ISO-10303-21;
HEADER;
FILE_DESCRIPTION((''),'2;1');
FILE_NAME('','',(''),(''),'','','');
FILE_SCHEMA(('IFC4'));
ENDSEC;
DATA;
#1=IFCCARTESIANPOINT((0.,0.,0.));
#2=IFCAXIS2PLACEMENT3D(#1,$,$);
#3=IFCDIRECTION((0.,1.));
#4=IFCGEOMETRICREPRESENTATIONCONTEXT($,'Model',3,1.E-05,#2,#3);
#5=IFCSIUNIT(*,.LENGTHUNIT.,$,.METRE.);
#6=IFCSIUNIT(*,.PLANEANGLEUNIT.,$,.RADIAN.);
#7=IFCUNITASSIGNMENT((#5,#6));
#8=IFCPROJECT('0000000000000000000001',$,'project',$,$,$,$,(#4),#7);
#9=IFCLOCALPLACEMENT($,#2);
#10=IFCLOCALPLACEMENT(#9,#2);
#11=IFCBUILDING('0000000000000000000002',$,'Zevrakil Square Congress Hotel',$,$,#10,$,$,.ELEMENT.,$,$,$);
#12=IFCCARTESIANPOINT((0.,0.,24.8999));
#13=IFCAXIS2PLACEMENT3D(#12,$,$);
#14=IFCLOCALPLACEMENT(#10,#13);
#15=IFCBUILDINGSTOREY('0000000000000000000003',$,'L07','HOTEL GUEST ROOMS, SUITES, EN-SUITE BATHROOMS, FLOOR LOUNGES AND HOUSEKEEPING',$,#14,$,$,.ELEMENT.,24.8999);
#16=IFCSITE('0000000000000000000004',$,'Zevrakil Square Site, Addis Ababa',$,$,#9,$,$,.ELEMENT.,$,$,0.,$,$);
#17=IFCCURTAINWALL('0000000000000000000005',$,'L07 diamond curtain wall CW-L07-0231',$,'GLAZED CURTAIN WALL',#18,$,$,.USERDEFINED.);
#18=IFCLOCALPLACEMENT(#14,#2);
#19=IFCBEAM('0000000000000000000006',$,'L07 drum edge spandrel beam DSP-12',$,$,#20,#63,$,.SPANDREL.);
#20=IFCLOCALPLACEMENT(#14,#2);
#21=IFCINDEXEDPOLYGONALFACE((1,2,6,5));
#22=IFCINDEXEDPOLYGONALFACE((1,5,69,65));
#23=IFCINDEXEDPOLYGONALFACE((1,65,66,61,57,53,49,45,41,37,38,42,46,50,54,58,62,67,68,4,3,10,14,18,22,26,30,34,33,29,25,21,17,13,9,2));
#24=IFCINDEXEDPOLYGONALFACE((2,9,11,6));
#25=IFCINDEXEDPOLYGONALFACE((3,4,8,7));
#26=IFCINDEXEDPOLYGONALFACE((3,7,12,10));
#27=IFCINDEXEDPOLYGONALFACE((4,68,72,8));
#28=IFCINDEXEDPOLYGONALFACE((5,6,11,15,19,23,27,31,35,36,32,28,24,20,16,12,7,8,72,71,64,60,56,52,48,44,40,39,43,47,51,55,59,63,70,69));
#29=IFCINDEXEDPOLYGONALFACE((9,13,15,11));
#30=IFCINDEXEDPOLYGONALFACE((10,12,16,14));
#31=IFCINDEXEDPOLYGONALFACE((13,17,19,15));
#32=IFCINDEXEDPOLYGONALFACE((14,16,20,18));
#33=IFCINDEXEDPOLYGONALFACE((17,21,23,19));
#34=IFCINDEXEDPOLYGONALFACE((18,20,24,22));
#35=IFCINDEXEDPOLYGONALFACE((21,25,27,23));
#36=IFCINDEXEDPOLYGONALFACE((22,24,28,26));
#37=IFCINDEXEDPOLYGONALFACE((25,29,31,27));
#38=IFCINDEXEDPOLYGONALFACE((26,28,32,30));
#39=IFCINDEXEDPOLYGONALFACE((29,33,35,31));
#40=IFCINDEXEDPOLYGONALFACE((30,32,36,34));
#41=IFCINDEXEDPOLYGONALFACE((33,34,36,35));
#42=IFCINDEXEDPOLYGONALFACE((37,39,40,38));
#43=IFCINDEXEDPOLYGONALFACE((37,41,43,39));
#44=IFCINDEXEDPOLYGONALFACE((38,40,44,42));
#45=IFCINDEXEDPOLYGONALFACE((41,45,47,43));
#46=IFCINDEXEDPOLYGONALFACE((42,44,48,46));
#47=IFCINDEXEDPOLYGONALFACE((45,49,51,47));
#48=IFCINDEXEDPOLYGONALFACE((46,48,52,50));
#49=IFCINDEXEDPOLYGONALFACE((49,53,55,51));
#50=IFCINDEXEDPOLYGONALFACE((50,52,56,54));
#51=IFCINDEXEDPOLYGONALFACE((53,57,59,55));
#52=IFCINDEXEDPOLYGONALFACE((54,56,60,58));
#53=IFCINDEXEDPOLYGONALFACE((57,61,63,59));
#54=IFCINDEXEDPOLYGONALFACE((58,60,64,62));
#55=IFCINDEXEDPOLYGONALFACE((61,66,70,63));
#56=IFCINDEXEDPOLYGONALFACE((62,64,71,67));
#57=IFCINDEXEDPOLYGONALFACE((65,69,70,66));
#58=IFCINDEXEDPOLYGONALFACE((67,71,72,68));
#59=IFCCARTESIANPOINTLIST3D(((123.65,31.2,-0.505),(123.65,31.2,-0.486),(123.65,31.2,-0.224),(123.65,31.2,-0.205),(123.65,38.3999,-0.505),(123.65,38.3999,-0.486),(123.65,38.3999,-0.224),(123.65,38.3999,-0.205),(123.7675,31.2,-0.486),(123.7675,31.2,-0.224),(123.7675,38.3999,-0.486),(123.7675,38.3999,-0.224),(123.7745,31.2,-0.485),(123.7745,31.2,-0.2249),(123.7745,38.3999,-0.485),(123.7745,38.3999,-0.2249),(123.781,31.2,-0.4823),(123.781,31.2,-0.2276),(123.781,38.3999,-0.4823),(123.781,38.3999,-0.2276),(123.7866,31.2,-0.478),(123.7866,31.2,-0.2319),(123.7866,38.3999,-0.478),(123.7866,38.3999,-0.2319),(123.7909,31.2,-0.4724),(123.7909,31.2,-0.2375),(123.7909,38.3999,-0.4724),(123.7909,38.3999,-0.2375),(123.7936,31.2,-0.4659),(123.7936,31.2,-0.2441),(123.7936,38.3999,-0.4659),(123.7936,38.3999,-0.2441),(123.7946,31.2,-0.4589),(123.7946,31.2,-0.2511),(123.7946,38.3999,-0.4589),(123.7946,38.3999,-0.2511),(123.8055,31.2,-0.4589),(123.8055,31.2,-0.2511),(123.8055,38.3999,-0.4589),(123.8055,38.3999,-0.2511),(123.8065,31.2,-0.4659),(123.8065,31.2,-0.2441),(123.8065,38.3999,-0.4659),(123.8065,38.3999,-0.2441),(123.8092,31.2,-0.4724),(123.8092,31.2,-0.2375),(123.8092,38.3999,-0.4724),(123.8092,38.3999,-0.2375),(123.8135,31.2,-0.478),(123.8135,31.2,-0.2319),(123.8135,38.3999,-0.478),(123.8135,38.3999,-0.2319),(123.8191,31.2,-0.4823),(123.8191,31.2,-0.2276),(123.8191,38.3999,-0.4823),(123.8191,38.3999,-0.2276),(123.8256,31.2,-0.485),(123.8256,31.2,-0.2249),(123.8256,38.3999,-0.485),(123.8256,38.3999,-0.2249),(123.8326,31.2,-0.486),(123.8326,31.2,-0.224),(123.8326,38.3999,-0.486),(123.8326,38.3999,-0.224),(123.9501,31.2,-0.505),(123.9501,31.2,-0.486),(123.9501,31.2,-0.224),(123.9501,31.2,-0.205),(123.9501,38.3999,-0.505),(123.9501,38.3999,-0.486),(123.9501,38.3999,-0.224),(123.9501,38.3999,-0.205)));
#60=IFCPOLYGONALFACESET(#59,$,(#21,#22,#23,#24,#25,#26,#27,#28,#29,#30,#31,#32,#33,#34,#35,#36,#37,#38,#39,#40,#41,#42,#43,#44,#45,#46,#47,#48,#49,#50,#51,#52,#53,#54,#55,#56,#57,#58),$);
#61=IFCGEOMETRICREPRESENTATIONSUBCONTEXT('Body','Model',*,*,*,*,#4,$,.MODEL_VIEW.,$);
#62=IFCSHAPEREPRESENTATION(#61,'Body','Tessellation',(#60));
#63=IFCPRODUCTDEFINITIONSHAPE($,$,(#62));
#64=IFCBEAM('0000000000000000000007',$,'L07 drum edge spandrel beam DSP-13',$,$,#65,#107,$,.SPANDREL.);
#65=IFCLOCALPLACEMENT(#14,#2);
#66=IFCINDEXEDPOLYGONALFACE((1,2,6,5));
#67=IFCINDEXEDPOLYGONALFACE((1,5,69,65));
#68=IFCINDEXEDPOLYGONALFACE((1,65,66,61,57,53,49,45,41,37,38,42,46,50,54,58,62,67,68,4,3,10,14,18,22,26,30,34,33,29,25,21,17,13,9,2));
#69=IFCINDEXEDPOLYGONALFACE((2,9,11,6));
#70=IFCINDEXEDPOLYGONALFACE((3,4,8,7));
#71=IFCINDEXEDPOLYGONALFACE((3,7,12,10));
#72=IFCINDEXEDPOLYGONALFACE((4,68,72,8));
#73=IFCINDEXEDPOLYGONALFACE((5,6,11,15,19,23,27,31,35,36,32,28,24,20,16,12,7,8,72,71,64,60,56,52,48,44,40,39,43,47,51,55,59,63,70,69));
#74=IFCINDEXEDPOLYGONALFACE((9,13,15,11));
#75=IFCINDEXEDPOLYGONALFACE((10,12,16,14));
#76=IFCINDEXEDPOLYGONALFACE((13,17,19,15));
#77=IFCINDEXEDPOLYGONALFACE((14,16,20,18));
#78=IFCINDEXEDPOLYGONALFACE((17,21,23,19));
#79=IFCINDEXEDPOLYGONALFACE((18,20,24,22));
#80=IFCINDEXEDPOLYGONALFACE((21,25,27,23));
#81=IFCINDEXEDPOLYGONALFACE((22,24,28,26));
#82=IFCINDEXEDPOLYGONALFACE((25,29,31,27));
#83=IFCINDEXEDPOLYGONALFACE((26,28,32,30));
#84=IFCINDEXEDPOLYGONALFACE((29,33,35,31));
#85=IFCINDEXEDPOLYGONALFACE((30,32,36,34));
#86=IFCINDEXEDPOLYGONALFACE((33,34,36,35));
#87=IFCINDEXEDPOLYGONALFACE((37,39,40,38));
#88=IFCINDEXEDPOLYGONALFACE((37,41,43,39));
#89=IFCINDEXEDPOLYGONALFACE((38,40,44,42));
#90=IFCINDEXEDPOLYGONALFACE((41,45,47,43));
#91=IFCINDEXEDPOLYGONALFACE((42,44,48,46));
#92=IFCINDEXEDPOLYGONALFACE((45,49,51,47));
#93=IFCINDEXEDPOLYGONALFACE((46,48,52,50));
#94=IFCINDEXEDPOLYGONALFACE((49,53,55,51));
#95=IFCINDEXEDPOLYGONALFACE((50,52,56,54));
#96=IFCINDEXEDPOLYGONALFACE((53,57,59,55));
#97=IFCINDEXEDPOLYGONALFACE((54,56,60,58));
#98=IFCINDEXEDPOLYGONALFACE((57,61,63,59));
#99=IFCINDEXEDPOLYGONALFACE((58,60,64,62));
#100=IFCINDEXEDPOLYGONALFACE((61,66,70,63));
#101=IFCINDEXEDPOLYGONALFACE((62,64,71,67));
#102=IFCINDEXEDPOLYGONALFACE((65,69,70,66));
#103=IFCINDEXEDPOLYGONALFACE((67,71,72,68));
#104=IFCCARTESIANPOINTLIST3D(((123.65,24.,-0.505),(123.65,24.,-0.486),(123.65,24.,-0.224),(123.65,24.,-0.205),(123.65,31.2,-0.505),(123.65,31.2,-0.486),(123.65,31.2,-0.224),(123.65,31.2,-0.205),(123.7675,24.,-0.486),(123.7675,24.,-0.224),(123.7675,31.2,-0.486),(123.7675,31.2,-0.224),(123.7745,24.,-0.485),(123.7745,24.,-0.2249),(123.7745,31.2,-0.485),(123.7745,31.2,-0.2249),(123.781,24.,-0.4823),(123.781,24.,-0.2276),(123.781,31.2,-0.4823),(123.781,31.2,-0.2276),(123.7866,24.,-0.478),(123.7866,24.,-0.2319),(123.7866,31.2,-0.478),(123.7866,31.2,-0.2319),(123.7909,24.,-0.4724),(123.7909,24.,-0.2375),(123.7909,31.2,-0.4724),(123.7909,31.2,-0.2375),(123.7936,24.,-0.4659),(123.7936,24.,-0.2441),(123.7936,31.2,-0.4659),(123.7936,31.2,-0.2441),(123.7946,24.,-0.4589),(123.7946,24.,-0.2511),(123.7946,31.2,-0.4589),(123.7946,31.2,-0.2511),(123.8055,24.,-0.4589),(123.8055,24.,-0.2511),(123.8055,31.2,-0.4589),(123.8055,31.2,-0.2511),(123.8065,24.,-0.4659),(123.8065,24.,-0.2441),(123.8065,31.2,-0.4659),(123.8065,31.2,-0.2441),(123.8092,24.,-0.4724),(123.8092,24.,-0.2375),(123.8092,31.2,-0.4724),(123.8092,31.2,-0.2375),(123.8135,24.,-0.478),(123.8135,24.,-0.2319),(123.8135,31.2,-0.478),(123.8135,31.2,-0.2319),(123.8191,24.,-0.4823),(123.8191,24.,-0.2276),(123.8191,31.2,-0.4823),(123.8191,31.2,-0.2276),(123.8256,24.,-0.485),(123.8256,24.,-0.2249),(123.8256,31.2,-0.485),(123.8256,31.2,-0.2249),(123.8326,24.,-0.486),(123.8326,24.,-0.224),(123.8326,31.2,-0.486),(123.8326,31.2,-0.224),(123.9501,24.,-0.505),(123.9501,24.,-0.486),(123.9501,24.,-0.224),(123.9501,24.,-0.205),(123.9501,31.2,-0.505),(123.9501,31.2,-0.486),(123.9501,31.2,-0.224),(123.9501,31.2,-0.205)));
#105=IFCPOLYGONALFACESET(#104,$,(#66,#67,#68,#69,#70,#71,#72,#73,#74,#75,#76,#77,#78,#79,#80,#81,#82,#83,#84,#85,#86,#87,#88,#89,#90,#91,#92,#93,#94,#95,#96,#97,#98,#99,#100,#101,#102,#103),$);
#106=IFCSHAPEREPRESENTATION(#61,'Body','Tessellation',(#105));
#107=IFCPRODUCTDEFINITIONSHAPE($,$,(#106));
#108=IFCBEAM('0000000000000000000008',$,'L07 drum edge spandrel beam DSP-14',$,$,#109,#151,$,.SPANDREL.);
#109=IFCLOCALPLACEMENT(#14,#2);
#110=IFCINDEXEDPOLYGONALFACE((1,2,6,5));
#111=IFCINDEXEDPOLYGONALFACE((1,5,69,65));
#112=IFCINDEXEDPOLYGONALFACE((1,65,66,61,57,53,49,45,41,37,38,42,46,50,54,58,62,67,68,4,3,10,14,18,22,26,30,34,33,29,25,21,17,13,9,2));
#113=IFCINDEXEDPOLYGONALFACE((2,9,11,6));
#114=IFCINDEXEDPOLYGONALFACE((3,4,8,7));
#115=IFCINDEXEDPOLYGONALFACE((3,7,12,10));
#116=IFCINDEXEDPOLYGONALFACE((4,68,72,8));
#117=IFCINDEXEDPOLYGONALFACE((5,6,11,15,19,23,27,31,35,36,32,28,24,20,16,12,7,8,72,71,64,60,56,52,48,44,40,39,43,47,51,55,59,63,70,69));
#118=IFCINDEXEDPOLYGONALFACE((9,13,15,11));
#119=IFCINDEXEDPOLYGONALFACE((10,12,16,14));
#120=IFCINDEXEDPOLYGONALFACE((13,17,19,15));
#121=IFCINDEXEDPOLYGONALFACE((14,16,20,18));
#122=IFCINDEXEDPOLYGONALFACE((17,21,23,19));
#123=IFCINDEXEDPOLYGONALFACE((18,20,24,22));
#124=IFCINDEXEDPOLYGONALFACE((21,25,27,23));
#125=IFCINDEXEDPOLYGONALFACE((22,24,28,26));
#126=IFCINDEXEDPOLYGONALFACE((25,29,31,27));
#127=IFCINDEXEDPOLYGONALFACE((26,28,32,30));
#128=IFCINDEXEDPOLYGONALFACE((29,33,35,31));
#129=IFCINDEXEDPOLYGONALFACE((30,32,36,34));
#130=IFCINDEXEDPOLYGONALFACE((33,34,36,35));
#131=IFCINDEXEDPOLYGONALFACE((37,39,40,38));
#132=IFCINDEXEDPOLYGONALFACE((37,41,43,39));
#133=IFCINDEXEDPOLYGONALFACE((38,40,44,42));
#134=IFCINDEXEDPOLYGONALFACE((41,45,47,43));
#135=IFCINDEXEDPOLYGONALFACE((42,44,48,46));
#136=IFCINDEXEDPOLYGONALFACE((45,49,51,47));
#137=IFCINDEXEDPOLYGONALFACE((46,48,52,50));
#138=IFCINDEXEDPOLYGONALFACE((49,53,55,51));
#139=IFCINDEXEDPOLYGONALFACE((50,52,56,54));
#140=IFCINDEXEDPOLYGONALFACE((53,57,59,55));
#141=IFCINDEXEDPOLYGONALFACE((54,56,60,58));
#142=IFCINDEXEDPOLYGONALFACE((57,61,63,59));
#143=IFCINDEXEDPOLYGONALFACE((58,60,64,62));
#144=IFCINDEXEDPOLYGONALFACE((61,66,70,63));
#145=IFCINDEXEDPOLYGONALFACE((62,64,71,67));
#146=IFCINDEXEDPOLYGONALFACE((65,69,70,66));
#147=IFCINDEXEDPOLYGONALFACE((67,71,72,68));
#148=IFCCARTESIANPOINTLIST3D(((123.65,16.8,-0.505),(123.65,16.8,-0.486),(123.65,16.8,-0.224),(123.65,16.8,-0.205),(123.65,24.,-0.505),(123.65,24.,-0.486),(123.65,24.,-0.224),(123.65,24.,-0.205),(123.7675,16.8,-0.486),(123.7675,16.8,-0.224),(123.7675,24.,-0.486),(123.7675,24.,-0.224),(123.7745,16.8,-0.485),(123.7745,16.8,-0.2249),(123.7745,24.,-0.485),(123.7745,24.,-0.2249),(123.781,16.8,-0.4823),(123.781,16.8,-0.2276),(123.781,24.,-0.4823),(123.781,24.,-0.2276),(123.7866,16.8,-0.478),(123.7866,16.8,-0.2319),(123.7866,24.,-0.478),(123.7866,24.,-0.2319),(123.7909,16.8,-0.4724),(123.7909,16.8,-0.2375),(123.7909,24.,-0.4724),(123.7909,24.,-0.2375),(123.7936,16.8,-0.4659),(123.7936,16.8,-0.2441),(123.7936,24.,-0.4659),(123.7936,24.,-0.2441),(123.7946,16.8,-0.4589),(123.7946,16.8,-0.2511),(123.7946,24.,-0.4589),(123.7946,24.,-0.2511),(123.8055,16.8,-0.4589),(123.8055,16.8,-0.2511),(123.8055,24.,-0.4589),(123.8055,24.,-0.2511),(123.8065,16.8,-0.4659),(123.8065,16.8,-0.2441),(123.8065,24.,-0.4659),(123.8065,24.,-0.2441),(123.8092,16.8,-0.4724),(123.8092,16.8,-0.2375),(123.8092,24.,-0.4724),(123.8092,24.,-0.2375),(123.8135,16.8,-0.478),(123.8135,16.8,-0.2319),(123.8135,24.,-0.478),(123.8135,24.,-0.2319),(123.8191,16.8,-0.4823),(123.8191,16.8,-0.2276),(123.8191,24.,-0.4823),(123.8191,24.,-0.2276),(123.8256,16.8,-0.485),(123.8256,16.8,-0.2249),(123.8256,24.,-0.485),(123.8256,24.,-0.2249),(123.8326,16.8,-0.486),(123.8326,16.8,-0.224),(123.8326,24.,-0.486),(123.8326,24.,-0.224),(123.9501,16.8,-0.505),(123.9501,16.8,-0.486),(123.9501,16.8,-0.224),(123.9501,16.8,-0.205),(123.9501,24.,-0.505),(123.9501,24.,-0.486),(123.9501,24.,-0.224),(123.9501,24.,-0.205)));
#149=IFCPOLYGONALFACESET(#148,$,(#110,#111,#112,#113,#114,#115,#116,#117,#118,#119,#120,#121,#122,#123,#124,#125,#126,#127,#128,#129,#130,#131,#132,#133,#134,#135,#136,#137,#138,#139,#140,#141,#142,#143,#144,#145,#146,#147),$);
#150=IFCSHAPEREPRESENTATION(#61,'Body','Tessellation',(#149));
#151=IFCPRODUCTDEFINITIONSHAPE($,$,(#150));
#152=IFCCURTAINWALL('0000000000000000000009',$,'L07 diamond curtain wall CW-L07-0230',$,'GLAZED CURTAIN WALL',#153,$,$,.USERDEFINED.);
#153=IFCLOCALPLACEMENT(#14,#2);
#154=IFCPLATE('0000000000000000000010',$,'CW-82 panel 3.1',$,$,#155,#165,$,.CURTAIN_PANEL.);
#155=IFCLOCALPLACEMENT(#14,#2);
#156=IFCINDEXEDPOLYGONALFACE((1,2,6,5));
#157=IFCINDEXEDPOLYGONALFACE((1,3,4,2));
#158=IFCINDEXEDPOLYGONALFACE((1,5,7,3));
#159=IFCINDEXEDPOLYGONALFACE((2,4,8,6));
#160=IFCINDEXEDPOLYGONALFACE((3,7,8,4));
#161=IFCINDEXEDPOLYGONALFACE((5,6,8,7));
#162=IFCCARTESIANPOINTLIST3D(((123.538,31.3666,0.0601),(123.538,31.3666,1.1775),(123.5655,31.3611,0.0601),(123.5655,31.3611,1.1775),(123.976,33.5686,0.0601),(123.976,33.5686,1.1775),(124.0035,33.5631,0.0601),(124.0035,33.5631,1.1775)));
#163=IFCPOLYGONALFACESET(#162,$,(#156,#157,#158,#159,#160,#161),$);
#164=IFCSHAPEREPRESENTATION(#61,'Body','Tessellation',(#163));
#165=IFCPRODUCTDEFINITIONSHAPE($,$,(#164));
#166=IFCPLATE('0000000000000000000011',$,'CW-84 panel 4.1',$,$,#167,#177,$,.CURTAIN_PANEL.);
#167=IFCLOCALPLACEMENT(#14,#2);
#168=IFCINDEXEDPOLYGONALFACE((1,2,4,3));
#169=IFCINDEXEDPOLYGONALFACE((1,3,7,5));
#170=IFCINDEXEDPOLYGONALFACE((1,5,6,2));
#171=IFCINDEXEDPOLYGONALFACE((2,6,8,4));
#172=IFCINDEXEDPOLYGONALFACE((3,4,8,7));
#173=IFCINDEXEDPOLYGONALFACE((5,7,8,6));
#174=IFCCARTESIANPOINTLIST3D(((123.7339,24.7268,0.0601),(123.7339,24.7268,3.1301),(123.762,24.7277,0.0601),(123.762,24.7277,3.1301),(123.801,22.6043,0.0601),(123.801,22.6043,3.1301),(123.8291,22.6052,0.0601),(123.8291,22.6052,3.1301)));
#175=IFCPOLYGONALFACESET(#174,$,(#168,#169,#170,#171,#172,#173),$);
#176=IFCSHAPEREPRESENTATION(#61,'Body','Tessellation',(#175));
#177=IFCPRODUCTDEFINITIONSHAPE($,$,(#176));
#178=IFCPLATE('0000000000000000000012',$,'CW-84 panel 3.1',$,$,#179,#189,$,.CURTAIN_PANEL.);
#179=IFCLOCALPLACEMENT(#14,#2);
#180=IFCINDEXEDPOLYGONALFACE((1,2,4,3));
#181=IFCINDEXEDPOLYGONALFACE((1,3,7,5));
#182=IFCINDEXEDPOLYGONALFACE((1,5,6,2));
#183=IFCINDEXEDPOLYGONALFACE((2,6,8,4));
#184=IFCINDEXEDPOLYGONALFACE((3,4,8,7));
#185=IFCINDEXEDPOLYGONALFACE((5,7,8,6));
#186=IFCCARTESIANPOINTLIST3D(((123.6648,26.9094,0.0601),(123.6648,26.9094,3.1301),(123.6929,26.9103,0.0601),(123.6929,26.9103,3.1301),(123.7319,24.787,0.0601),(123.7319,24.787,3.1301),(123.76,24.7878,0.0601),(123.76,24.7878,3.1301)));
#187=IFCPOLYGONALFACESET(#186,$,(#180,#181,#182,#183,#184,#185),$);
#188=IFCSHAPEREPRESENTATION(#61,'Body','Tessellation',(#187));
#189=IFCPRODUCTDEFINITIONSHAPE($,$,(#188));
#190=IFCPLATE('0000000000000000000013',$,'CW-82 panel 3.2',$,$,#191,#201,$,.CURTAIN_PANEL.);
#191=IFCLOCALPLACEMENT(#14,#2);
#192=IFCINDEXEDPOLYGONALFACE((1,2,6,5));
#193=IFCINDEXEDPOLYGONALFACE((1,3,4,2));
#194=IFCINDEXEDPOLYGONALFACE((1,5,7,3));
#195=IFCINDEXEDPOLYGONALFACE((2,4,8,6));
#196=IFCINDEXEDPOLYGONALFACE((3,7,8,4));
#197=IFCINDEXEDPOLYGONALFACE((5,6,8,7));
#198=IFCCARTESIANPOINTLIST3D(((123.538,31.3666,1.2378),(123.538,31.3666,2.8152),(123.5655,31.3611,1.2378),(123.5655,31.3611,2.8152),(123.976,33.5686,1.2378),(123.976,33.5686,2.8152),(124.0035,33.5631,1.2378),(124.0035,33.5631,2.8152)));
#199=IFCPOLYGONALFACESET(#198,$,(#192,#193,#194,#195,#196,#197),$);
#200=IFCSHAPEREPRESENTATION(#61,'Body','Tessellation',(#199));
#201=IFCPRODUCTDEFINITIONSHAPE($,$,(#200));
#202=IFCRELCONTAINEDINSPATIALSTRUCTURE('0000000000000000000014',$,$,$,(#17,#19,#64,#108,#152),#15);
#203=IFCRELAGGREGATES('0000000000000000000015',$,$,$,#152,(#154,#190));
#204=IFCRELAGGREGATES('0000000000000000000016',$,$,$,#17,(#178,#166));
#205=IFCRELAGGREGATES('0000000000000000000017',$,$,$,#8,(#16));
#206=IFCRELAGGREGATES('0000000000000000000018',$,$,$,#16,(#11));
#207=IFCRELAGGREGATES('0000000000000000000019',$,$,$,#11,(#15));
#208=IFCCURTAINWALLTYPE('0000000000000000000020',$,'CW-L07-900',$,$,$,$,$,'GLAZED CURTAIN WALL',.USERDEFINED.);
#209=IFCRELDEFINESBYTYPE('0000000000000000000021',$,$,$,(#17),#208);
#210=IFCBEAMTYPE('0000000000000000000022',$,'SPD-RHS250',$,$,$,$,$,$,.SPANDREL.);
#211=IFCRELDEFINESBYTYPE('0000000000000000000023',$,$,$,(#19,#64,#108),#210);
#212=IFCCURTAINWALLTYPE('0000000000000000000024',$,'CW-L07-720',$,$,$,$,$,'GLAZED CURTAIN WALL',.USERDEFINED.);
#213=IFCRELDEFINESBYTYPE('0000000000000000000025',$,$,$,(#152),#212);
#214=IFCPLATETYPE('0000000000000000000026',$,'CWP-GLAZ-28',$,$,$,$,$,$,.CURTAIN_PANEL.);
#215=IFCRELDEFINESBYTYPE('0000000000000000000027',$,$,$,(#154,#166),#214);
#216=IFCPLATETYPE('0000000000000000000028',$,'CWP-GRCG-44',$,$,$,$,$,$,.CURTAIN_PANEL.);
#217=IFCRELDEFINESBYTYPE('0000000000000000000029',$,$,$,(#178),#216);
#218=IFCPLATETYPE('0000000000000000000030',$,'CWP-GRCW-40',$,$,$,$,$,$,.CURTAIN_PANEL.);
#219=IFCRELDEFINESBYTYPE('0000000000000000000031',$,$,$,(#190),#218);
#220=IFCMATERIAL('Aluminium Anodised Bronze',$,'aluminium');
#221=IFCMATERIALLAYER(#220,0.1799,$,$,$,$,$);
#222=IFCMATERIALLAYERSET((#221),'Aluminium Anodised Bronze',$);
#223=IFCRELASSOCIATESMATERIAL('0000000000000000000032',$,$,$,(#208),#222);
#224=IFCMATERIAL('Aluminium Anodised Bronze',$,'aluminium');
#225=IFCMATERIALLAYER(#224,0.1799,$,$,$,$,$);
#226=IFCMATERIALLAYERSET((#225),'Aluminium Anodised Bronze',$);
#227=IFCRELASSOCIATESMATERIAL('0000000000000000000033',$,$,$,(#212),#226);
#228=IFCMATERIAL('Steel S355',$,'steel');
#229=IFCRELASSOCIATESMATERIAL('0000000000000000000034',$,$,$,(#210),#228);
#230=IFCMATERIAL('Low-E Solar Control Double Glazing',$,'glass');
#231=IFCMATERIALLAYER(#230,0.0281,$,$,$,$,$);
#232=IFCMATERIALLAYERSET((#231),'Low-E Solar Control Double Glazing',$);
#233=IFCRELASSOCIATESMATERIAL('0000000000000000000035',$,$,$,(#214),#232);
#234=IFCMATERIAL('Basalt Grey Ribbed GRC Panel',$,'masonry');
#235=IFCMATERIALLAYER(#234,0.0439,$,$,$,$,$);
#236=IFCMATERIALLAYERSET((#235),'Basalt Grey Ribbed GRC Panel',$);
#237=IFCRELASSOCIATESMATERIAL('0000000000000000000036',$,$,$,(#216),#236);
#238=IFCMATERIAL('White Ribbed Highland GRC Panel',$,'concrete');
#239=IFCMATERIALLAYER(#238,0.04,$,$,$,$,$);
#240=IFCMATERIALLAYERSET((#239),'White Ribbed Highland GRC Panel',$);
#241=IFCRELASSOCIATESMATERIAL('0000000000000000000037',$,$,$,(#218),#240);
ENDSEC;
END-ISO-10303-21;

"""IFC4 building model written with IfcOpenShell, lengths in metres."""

from ifc_helpers import new_model, si_unit, direction, frame, origin, origin_2d, place, context, subcontext, project, spatial, rectangle, i_section, extrude, material, layer, layer_set, material_profile, profile_set, type_object, element, aggregate, save


model = new_model("IFC4")

# Units and contexts
model_context = context("Model", 3, precision=1e-05, world=origin(), true_north=direction((0.0, 1.0)))
body_context = subcontext(model_context, "Body", "Model", "MODEL_VIEW")
ifc_project = project(units=[si_unit("LENGTHUNIT", "METRE"), si_unit("PLANEANGLEUNIT", "RADIAN")], contexts=[model_context])

# Site, building, storey
site_placement = place(None, origin())
site = spatial("IfcSite", under=ifc_project, at=site_placement, Name="Zevrakil Square Site, Addis Ababa", CompositionType="ELEMENT", RefElevation=0.0)
building_placement = place(site_placement, origin())
building = spatial("IfcBuilding", under=site, at=building_placement, Name="Zevrakil Square Congress Hotel", CompositionType="ELEMENT")
storey_placement = place(building_placement, frame((0.0, 0.0, 24.8999)))
storey = spatial("IfcBuildingStorey", under=building, at=storey_placement, Name="L07", Description="HOTEL GUEST ROOMS, SUITES, EN-SUITE BATHROOMS, FLOOR LOUNGES AND HOUSEKEEPING", CompositionType="ELEMENT", Elevation=24.8999)

# Curtain wall
ifc_material_1 = material(Name="Aluminium Anodised Bronze", Category="aluminium")
ifc_layer_1 = layer(ifc_material_1, 0.1799)
ifc_layer_set_1 = layer_set([ifc_layer_1], Name="Aluminium Anodised Bronze")
curtain_wall_type_1 = type_object("IfcCurtainWallType", Name="CW-L07-900", ElementType="GLAZED CURTAIN WALL", PredefinedType="USERDEFINED", material=ifc_layer_set_1)
curtain_wall_1_placement = place(storey_placement, origin())
curtain_wall_1 = element("IfcCurtainWall", 1, at=curtain_wall_1_placement, inside=storey, type_object=curtain_wall_type_1, Name="L07 diamond curtain wall CW-L07-0231", ObjectType="GLAZED CURTAIN WALL", PredefinedType="USERDEFINED")

# Shared definitions
ifc_material_2 = material(Name="Aluminium Anodised Bronze", Category="aluminium")
ifc_layer_2 = layer(ifc_material_2, 0.1799)
ifc_layer_set_2 = layer_set([ifc_layer_2], Name="Aluminium Anodised Bronze")
curtain_wall_type_2 = type_object("IfcCurtainWallType", Name="CW-L07-720", ElementType="GLAZED CURTAIN WALL", PredefinedType="USERDEFINED", material=ifc_layer_set_2)

# Beams
ifc_material_3 = material(Name="Steel S355", Category="steel")
ifc_material_profile_1 = material_profile(ifc_material_3, i_section(OverallWidth=0.3, OverallDepth=0.3, WebThickness=0.011, FlangeThickness=0.019, FilletRadius=0.0271, at=origin_2d()), Name="HEB 300")
ifc_profile_set_1 = profile_set([ifc_material_profile_1], Name="Steel S355")
beam_type = type_object("IfcBeamType", Name="SPD-RHS250", PredefinedType="SPANDREL", material=ifc_profile_set_1)
for number, where, z_axis, x_axis, name in (
    (2, (123.8, 38.3999, -0.355), (0.0, -1.0, 0.0), (1.0, 0.0, 0.0), "L07 drum edge spandrel beam DSP-12"),
    (3, (123.8, 31.2, -0.355), (0.0, -1.0, 0.0), (1.0, 0.0, 0.0), "L07 drum edge spandrel beam DSP-13"),
    (4, (123.8, 24.0, -0.355), (0.0, -1.0, 0.0), (1.0, 0.0, 0.0), "L07 drum edge spandrel beam DSP-14"),
):
    element("IfcBeam", number, at=place(storey_placement, frame(where, z_axis=z_axis, x_axis=x_axis)), inside=storey, type_object=beam_type, Name=name, PredefinedType="SPANDREL", context=body_context, shape_type="SweptSolid", body=[
        extrude(i_section(OverallWidth=0.3, OverallDepth=0.3, WebThickness=0.011, FlangeThickness=0.019, FilletRadius=0.0271, at=origin_2d()), origin(), (0.0, 0.0, 1.0), 7.2),
    ])

# Curtain wall, plate
curtain_wall_2_placement = place(storey_placement, origin())
curtain_wall_2 = element("IfcCurtainWall", 5, at=curtain_wall_2_placement, inside=storey, type_object=curtain_wall_type_2, Name="L07 diamond curtain wall CW-L07-0230", ObjectType="GLAZED CURTAIN WALL", PredefinedType="USERDEFINED")
ifc_material_4 = material(Name="Low-E Solar Control Double Glazing", Category="glass")
ifc_layer_3 = layer(ifc_material_4, 0.0281)
ifc_layer_set_3 = layer_set([ifc_layer_3], Name="Low-E Solar Control Double Glazing")
plate_type_1 = type_object("IfcPlateType", Name="CWP-GLAZ-28", PredefinedType="CURTAIN_PANEL", material=ifc_layer_set_3)
plate_1_placement = place(storey_placement, frame((123.7708, 32.4648, 0.0601), z_axis=(0.0, 0.0, 1.0), x_axis=(-0.195084, -0.980787, 0.0)))
plate_1 = element("IfcPlate", 6, at=plate_1_placement, type_object=plate_type_1, Name="CW-82 panel 3.1", PredefinedType="CURTAIN_PANEL", context=body_context, shape_type="SweptSolid", body=[
    extrude(rectangle(XDim=2.2451, YDim=0.0281, at=origin_2d()), origin(), (0.0, 0.0, 1.0), 1.1174),
])

# Plates
plate_2_placement = place(storey_placement, frame((123.7815, 23.666, 0.0601), z_axis=(0.0, 0.0, 1.0), x_axis=(0.031598, -0.999501, 0.0)))
plate_2 = element("IfcPlate", 7, at=plate_2_placement, type_object=plate_type_1, Name="CW-84 panel 4.1", PredefinedType="CURTAIN_PANEL", context=body_context, shape_type="SweptSolid", body=[
    extrude(rectangle(XDim=2.1235, YDim=0.0281, at=origin_2d()), origin(), (0.0, 0.0, 1.0), 3.0701),
])
ifc_material_5 = material(Name="Basalt Grey Ribbed GRC Panel", Category="masonry")
ifc_layer_4 = layer(ifc_material_5, 0.0439)
ifc_layer_set_4 = layer_set([ifc_layer_4], Name="Basalt Grey Ribbed GRC Panel")
plate_type_2 = type_object("IfcPlateType", Name="CWP-GRCG-44", PredefinedType="CURTAIN_PANEL", material=ifc_layer_set_4)
plate_3_placement = place(storey_placement, frame((123.7124, 25.8486, 0.0601), z_axis=(0.0, 0.0, 1.0), x_axis=(0.031598, -0.999501, 0.0)))
plate_3 = element("IfcPlate", 8, at=plate_3_placement, type_object=plate_type_2, Name="CW-84 panel 3.1", PredefinedType="CURTAIN_PANEL", context=body_context, shape_type="SweptSolid", body=[
    extrude(rectangle(XDim=2.1235, YDim=0.0281, at=origin_2d()), origin(), (0.0, 0.0, 1.0), 3.0701),
])
ifc_material_6 = material(Name="White Ribbed Highland GRC Panel", Category="concrete")
ifc_layer_5 = layer(ifc_material_6, 0.04)
ifc_layer_set_5 = layer_set([ifc_layer_5], Name="White Ribbed Highland GRC Panel")
plate_type_3 = type_object("IfcPlateType", Name="CWP-GRCW-40", PredefinedType="CURTAIN_PANEL", material=ifc_layer_set_5)
plate_4_placement = place(storey_placement, frame((123.7708, 32.4648, 1.2378), z_axis=(0.0, 0.0, 1.0), x_axis=(-0.195084, -0.980787, 0.0)))
plate_4 = element("IfcPlate", 9, at=plate_4_placement, type_object=plate_type_3, Name="CW-82 panel 3.2", PredefinedType="CURTAIN_PANEL", context=body_context, shape_type="SweptSolid", body=[
    extrude(rectangle(XDim=2.2451, YDim=0.0281, at=origin_2d()), origin(), (0.0, 0.0, 1.0), 1.5774),
])
aggregate(curtain_wall_2, [plate_1, plate_4])
aggregate(curtain_wall_1, [plate_3, plate_2])

save(model, "model.ifc")
